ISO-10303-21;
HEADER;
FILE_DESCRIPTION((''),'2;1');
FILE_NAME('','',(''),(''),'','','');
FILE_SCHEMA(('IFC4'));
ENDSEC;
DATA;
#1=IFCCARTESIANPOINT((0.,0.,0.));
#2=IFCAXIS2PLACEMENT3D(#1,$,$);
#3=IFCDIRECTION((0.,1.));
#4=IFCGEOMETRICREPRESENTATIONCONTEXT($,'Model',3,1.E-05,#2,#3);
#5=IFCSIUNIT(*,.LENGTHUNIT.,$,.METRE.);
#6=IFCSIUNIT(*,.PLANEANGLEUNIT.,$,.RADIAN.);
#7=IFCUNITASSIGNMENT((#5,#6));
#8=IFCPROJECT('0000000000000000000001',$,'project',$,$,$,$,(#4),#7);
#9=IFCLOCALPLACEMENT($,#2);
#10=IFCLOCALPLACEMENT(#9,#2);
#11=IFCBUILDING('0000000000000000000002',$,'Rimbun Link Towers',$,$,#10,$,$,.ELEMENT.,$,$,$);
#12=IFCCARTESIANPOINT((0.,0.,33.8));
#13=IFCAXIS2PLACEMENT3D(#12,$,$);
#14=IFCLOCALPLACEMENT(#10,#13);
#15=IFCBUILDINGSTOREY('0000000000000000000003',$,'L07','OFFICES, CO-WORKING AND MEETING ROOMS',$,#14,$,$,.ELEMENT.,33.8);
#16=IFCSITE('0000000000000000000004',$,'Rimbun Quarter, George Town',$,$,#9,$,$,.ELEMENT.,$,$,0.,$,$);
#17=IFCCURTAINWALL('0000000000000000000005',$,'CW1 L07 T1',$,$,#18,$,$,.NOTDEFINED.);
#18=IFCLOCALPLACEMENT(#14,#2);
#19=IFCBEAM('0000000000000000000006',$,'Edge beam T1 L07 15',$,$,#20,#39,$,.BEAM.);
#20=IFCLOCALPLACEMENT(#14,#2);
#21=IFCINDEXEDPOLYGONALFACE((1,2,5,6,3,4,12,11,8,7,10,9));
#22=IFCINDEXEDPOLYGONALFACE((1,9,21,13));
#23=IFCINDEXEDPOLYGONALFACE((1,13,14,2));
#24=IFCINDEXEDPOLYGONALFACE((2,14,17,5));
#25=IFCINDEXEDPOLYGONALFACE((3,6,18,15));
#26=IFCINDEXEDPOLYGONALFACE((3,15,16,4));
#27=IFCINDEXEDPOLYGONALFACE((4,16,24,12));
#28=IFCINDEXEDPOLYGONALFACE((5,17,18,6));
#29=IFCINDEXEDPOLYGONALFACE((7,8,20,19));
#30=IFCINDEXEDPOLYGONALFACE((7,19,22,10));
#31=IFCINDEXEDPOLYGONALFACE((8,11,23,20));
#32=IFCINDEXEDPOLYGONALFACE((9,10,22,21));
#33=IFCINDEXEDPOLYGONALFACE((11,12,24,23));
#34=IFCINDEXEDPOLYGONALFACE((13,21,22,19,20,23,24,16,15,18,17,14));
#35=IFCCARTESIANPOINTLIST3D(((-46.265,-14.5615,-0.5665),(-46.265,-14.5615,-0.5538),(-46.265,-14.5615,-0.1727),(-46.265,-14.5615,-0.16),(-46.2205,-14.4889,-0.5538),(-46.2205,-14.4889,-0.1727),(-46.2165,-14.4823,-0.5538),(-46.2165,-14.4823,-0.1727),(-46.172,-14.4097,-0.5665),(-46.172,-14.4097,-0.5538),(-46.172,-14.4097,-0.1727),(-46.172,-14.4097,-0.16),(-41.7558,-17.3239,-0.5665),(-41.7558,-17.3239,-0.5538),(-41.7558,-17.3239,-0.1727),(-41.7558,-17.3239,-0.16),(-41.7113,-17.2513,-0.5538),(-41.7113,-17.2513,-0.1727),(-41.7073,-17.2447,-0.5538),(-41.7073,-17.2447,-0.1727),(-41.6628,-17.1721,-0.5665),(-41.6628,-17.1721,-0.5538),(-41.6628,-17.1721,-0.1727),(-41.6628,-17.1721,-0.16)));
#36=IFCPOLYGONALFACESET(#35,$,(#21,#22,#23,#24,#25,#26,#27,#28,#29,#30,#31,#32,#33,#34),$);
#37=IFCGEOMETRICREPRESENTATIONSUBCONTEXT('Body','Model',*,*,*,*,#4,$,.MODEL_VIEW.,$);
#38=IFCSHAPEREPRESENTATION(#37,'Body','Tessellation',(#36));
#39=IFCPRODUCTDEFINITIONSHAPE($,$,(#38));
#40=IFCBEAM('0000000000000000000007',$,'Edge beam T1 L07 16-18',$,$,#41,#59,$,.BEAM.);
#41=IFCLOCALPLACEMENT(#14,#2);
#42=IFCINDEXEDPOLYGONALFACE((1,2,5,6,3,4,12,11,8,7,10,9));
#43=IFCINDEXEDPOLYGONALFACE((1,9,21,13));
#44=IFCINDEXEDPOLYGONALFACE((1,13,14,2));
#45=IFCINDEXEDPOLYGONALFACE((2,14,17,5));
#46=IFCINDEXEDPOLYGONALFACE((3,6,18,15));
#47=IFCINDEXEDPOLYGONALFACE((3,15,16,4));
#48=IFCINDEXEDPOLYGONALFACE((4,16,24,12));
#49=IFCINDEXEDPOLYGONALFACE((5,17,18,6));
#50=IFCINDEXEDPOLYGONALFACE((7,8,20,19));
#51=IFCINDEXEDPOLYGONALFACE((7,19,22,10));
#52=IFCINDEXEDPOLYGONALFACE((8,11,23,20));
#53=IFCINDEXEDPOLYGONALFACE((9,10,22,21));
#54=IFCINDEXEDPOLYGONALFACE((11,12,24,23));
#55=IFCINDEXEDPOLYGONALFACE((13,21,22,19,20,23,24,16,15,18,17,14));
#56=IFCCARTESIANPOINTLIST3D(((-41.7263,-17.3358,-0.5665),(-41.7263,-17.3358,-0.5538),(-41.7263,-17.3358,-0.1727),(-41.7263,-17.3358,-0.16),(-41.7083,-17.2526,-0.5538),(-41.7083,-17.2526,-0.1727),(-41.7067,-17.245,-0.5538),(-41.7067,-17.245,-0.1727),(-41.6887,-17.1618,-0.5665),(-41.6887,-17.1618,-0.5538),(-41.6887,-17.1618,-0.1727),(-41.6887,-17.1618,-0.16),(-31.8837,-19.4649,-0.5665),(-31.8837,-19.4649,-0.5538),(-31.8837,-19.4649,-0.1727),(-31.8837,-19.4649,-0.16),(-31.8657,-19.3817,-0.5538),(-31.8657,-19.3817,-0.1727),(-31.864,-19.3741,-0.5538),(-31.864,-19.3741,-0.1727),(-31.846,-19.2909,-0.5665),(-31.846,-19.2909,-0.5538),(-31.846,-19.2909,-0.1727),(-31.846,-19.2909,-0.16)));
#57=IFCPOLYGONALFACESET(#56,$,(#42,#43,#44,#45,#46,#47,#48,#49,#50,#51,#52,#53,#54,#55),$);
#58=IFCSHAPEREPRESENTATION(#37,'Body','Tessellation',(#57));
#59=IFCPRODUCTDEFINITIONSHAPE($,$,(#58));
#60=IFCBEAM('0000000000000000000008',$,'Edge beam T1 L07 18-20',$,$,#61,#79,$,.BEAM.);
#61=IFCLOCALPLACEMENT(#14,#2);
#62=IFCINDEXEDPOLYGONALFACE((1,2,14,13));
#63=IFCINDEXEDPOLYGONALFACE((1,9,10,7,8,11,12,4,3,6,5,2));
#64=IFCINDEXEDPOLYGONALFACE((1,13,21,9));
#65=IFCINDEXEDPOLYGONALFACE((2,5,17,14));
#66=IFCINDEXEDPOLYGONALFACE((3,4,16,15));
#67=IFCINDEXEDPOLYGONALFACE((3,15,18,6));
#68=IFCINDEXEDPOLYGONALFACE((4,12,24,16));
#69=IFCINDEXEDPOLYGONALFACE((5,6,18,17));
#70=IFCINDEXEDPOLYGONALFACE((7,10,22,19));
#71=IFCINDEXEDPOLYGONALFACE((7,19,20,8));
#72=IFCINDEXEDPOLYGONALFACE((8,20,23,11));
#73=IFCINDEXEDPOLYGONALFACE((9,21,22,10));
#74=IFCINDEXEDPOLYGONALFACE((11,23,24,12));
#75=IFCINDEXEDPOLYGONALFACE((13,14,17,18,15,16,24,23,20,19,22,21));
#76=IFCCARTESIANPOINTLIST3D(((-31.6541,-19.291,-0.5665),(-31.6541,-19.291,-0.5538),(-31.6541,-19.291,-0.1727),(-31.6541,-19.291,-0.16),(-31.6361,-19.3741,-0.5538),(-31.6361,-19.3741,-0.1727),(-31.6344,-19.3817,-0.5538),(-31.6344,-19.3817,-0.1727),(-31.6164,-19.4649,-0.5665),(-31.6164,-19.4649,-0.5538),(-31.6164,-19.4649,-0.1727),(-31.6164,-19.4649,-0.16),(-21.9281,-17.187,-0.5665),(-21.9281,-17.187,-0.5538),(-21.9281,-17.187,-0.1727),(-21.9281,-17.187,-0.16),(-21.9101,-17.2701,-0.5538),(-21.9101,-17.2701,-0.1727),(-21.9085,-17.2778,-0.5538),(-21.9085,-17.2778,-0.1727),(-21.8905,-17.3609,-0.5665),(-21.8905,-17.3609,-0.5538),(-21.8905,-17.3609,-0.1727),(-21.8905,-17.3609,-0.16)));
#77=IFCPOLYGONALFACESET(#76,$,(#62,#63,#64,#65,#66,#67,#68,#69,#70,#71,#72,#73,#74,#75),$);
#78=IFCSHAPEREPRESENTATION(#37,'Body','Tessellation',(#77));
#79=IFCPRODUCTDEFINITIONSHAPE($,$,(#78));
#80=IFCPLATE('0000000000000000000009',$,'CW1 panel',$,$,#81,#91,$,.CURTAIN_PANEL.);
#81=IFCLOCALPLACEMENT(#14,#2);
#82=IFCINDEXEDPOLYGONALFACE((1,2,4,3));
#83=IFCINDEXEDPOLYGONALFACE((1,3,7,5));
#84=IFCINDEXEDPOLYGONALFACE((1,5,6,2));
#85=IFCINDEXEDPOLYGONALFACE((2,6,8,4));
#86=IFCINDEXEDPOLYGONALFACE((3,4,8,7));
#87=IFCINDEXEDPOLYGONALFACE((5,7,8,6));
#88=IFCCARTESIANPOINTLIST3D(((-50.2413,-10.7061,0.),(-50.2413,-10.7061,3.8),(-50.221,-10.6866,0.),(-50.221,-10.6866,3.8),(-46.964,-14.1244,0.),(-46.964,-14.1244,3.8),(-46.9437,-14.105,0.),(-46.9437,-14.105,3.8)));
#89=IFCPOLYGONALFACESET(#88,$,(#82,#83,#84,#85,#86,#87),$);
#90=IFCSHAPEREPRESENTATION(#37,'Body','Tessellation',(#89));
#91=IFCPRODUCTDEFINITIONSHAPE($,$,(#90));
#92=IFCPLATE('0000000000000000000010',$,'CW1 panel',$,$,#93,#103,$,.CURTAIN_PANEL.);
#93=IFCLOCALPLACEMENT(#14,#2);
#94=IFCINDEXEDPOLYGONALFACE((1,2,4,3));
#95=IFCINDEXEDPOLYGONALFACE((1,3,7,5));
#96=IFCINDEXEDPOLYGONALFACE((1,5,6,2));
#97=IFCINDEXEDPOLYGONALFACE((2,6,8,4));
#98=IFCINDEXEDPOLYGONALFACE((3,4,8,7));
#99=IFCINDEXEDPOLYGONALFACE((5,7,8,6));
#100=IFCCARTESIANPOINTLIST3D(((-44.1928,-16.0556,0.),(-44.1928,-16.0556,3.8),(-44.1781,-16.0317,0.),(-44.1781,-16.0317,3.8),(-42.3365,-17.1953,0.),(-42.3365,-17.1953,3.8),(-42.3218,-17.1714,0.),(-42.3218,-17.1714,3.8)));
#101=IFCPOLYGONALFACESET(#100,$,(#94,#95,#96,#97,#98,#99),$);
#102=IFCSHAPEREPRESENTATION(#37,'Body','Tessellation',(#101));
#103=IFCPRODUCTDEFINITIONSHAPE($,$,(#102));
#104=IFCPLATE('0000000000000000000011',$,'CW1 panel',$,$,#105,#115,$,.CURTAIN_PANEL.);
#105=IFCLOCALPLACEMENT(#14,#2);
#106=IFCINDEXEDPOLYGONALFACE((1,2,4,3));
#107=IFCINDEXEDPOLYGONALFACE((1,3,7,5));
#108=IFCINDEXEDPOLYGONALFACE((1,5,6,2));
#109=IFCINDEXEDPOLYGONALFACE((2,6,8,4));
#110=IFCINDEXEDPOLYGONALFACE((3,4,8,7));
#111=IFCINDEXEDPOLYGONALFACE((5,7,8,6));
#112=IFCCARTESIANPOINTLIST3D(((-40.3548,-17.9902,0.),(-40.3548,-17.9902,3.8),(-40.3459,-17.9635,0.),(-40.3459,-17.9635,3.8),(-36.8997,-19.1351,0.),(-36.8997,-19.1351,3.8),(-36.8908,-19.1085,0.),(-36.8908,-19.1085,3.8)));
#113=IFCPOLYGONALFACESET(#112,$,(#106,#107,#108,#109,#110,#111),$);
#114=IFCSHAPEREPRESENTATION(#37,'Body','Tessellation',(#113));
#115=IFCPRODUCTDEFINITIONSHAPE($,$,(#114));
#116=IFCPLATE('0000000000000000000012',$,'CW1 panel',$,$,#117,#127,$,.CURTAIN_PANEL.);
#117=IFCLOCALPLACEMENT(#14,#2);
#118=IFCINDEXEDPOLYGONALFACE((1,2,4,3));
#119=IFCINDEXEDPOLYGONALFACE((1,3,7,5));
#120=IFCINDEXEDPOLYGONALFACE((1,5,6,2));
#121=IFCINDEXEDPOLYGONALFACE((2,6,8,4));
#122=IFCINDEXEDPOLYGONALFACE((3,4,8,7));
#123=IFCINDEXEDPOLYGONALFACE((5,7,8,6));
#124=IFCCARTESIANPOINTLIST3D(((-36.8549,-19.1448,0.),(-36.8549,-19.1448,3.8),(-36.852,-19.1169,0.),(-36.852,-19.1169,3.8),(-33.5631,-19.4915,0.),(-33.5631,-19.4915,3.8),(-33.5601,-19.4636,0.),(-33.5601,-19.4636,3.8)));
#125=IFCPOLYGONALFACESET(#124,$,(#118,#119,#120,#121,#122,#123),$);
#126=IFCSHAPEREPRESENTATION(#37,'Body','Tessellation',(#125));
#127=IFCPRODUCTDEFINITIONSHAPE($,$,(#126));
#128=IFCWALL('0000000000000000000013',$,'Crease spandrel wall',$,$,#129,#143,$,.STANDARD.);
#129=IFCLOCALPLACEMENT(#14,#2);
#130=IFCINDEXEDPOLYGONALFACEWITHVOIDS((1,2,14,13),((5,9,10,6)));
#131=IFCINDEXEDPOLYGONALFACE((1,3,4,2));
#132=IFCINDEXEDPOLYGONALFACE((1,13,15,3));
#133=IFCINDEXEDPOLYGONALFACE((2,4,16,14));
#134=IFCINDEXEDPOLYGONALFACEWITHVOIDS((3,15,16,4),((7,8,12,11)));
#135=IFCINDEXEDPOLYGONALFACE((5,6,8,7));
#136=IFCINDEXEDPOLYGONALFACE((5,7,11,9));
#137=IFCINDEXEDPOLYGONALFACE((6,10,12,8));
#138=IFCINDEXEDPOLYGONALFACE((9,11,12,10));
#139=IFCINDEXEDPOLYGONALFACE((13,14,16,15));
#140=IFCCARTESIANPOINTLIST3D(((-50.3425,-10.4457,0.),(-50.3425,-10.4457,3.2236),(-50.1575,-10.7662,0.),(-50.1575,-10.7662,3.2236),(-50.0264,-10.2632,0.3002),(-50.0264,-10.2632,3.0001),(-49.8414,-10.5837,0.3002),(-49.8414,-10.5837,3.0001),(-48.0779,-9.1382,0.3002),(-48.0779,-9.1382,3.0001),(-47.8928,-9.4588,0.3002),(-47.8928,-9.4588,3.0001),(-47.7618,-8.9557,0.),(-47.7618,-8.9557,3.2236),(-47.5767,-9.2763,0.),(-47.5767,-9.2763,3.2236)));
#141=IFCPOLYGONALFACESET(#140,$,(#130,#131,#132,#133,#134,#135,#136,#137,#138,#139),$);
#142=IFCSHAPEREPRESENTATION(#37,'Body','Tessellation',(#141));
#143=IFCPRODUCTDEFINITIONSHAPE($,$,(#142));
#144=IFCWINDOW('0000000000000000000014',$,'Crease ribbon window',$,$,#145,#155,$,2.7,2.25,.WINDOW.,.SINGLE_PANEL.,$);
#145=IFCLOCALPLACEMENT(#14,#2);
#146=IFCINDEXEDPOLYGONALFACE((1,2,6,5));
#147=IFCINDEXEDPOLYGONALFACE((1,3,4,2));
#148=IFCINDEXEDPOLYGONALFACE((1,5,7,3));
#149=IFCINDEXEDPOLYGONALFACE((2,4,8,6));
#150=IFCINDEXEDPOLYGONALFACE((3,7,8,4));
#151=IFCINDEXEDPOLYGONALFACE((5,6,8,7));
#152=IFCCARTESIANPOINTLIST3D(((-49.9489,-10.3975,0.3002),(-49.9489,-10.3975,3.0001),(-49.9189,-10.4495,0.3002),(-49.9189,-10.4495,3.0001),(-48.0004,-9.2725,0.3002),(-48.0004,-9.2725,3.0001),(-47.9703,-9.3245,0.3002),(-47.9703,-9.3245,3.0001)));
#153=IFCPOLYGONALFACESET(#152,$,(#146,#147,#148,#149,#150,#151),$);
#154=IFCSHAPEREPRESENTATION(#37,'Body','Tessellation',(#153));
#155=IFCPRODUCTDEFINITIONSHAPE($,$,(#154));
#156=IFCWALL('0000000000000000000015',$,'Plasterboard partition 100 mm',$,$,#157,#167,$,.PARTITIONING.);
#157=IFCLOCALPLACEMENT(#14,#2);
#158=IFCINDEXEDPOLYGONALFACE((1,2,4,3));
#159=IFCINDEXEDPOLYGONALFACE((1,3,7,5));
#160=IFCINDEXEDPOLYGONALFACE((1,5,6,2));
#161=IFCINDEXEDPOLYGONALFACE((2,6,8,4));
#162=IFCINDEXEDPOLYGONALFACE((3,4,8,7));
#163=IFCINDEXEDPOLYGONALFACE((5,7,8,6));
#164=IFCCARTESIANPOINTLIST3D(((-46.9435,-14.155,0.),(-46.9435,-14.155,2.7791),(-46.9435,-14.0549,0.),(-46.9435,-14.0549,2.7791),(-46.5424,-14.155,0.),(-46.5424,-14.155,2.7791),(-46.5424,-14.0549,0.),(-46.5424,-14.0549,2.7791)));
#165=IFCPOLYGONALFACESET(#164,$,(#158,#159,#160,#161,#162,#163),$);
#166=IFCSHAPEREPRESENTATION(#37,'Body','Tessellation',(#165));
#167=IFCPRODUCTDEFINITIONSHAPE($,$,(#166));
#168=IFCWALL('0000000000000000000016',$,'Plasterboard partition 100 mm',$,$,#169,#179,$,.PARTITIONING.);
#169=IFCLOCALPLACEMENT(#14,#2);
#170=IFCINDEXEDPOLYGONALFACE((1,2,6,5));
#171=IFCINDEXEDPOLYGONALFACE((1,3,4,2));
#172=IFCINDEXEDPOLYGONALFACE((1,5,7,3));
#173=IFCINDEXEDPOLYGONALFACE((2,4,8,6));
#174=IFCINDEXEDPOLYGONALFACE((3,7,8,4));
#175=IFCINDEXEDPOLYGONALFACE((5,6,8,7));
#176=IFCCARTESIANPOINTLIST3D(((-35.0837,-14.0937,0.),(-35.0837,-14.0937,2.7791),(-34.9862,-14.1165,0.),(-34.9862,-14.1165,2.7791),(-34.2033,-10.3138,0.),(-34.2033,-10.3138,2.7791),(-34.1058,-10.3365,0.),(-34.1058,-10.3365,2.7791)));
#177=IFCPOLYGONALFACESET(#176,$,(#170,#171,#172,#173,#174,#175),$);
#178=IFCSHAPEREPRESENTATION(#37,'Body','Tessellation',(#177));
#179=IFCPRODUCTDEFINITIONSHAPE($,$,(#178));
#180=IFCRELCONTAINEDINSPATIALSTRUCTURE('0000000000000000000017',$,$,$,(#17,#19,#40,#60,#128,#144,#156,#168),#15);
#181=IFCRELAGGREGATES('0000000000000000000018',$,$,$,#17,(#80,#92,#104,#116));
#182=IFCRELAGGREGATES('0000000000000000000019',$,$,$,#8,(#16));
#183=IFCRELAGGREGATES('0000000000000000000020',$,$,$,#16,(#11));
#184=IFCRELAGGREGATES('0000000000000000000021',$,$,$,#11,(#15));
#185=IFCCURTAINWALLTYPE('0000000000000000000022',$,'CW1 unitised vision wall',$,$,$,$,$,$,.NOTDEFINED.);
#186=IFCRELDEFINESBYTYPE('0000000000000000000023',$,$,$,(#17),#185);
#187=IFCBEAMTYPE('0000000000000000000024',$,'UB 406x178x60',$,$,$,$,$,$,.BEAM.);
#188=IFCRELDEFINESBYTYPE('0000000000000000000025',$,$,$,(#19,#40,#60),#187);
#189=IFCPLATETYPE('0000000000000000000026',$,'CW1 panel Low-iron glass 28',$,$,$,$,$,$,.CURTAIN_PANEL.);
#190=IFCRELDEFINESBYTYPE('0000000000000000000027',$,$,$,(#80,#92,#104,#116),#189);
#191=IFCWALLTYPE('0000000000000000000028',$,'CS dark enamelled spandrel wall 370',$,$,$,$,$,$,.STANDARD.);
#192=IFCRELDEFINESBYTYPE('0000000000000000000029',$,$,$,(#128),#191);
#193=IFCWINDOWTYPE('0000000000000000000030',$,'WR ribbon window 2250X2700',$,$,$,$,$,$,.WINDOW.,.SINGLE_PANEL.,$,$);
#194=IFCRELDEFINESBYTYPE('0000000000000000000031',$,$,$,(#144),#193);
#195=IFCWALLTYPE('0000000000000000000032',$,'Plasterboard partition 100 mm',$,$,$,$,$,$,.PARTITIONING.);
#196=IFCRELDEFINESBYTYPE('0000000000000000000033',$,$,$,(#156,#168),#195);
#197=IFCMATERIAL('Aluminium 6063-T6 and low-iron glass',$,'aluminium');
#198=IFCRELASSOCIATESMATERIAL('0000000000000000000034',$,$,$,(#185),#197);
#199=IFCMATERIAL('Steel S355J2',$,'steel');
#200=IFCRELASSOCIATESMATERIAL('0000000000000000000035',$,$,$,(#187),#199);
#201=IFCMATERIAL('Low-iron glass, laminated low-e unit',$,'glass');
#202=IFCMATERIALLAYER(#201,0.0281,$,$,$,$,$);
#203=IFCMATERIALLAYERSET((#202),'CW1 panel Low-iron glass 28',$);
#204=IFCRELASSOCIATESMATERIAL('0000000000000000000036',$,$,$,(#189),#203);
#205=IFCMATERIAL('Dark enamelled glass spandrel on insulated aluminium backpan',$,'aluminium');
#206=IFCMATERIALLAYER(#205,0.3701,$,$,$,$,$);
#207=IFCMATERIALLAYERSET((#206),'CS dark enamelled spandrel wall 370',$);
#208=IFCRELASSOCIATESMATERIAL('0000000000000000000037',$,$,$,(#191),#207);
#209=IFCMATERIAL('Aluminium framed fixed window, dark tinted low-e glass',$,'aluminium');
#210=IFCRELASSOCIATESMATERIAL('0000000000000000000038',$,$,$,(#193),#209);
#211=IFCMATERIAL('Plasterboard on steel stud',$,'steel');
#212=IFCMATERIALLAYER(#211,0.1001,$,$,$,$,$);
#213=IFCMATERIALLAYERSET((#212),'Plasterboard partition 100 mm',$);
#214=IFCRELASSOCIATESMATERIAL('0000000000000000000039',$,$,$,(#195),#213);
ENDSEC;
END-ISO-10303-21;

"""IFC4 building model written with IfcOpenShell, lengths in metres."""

from ifc_helpers import new_model, si_unit, direction, frame, frame_2d, origin, origin_2d, place, context, subcontext, project, spatial, rectangle, i_section, extrude, material, layer, layer_set, material_profile, profile_set, type_object, element, fill, aggregate, save


model = new_model("IFC4")

# Units and contexts
model_context = context("Model", 3, precision=1e-05, world=origin(), true_north=direction((0.0, 1.0)))
body_context = subcontext(model_context, "Body", "Model", "MODEL_VIEW")
ifc_project = project(units=[si_unit("LENGTHUNIT", "METRE"), si_unit("PLANEANGLEUNIT", "RADIAN")], contexts=[model_context])

# Site, building, storey
site_placement = place(None, origin())
site = spatial("IfcSite", under=ifc_project, at=site_placement, Name="Rimbun Quarter, George Town", CompositionType="ELEMENT", RefElevation=0.0)
building_placement = place(site_placement, origin())
building = spatial("IfcBuilding", under=site, at=building_placement, Name="Rimbun Link Towers", CompositionType="ELEMENT")
storey_placement = place(building_placement, frame((0.0, 0.0, 33.8)))
storey = spatial("IfcBuildingStorey", under=building, at=storey_placement, Name="L07", Description="OFFICES, CO-WORKING AND MEETING ROOMS", CompositionType="ELEMENT", Elevation=33.8)

# Curtain wall
ifc_material_1 = material(Name="Aluminium 6063-T6 and low-iron glass", Category="aluminium")
curtain_wall_type = type_object("IfcCurtainWallType", Name="CW1 unitised vision wall", PredefinedType="NOTDEFINED", material=ifc_material_1)
curtain_wall_placement = place(storey_placement, origin())
curtain_wall = element("IfcCurtainWall", 1, at=curtain_wall_placement, inside=storey, type_object=curtain_wall_type, Name="CW1 L07 T1", PredefinedType="NOTDEFINED")

# Beams
ifc_material_2 = material(Name="Steel S355J2", Category="steel")
ifc_material_profile_1 = material_profile(ifc_material_2, i_section(OverallWidth=0.178, OverallDepth=0.4065, WebThickness=0.0078, FlangeThickness=0.0127, at=origin_2d()), Name="UB 406x178x60")
ifc_profile_set_1 = profile_set([ifc_material_profile_1], Name="Steel S355J2")
beam_type = type_object("IfcBeamType", Name="UB 406x178x60", PredefinedType="BEAM", material=ifc_profile_set_1)
beam_1_placement = place(storey_placement, frame((-46.2185, -14.4856, -0.3633), z_axis=(0.852711, -0.522383, 0.0), x_axis=(0.522383, 0.852711, 0.0)))
element("IfcBeam", 2, at=beam_1_placement, inside=storey, type_object=beam_type, Name="Edge beam T1 L07 15", PredefinedType="BEAM", context=body_context, shape_type="SweptSolid", body=[
    extrude(i_section(OverallWidth=0.178, OverallDepth=0.4065, WebThickness=0.0078, FlangeThickness=0.0127, at=origin_2d()), origin(), (0.0, 0.0, 1.0), 5.2881),
])
beam_2_placement = place(storey_placement, frame((-41.7075, -17.2488, -0.3633), z_axis=(0.977394, -0.211426, 0.0), x_axis=(0.211426, 0.977394, 0.0)))
element("IfcBeam", 3, at=beam_2_placement, inside=storey, type_object=beam_type, Name="Edge beam T1 L07 16-18", PredefinedType="BEAM", context=body_context, shape_type="SweptSolid", body=[
    extrude(i_section(OverallWidth=0.178, OverallDepth=0.4065, WebThickness=0.0078, FlangeThickness=0.0127, at=origin_2d()), origin(), (0.0, 0.0, 1.0), 10.0703),
])
beam_3_placement = place(storey_placement, frame((-31.6353, -19.3779, -0.3633), z_axis=(0.977392, 0.211435, 0.0), x_axis=(-0.211435, 0.977392, 0.0)))
element("IfcBeam", 4, at=beam_3_placement, inside=storey, type_object=beam_type, Name="Edge beam T1 L07 18-20", PredefinedType="BEAM", context=body_context, shape_type="SweptSolid", body=[
    extrude(i_section(OverallWidth=0.178, OverallDepth=0.4065, WebThickness=0.0078, FlangeThickness=0.0127, at=origin_2d()), origin(), (0.0, 0.0, 1.0), 9.9509),
])

# Plates
ifc_material_3 = material(Name="Low-iron glass, laminated low-e unit", Category="glass")
ifc_layer_1 = layer(ifc_material_3, 0.0281)
ifc_layer_set_1 = layer_set([ifc_layer_1], Name="CW1 panel Low-iron glass 28")
plate_type = type_object("IfcPlateType", Name="CW1 panel Low-iron glass 28", PredefinedType="CURTAIN_PANEL", material=ifc_layer_set_1)
plate_1_placement = place(storey_placement, frame((-48.5925, -12.4055, 0.0), z_axis=(0.0, 0.0, 1.0), x_axis=(-0.692056, 0.721844, 0.0)))
plate_1 = element("IfcPlate", 5, at=plate_1_placement, type_object=plate_type, Name="CW1 panel", PredefinedType="CURTAIN_PANEL", context=body_context, shape_type="SweptSolid", body=[
    extrude(rectangle(XDim=4.7356, YDim=0.0281, at=origin_2d()), origin(), (0.0, 0.0, 1.0), 3.8),
])
plate_2_placement = place(storey_placement, frame((-43.2573, -16.6135, 0.0), z_axis=(0.0, 0.0, 1.0), x_axis=(-0.85219, 0.523232, 0.0)))
plate_2 = element("IfcPlate", 6, at=plate_2_placement, type_object=plate_type, Name="CW1 panel", PredefinedType="CURTAIN_PANEL", context=body_context, shape_type="SweptSolid", body=[
    extrude(rectangle(XDim=2.1782, YDim=0.0281, at=origin_2d()), origin(), (0.0, 0.0, 1.0), 3.8),
])
plate_3_placement = place(storey_placement, frame((-38.6228, -18.5493, 0.0), z_axis=(0.0, 0.0, 1.0), x_axis=(-0.949236, 0.314564, 0.0)))
plate_3 = element("IfcPlate", 7, at=plate_3_placement, type_object=plate_type, Name="CW1 panel", PredefinedType="CURTAIN_PANEL", context=body_context, shape_type="SweptSolid", body=[
    extrude(rectangle(XDim=3.6399, YDim=0.0281, at=origin_2d()), origin(), (0.0, 0.0, 1.0), 3.8),
])
plate_4_placement = place(storey_placement, frame((-35.2075, -19.3042, 0.0), z_axis=(0.0, 0.0, 1.0), x_axis=(-0.994498, 0.104755, 0.0)))
plate_4 = element("IfcPlate", 8, at=plate_4_placement, type_object=plate_type, Name="CW1 panel", PredefinedType="CURTAIN_PANEL", context=body_context, shape_type="SweptSolid", body=[
    extrude(rectangle(XDim=3.3101, YDim=0.0281, at=origin_2d()), origin(), (0.0, 0.0, 1.0), 3.8),
])
aggregate(curtain_wall, [plate_1, plate_2, plate_3, plate_4])

# Wall, opening, window
ifc_material_4 = material(Name="Dark enamelled glass spandrel on insulated aluminium backpan", Category="aluminium")
ifc_layer_2 = layer(ifc_material_4, 0.3701)
ifc_layer_set_2 = layer_set([ifc_layer_2], Name="CS dark enamelled spandrel wall 370")
wall_type_1 = type_object("IfcWallType", Name="CS dark enamelled spandrel wall 370", PredefinedType="STANDARD", material=ifc_layer_set_2)
wall_1_placement = place(storey_placement, frame((-50.25, -10.606, 0.0), z_axis=(0.0, 0.0, 1.0), x_axis=(0.866031, 0.49999, 0.0)))
wall_1 = element("IfcWall", 9, at=wall_1_placement, inside=storey, type_object=wall_type_1, Name="Crease spandrel wall", PredefinedType="STANDARD", context=body_context, shape_type="SweptSolid", body=[
    extrude(rectangle(XDim=2.98, YDim=0.3701, at=frame_2d((1.49, 0.0))), origin(), (0.0, 0.0, 1.0), 3.2236),
])
opening_placement = place(wall_1_placement, frame((0.365, 0.0, 0.3)))
opening = element("IfcOpeningElement", 10, at=opening_placement, cuts=wall_1, PredefinedType="OPENING", context=body_context, shape_type="SweptSolid", body=[
    extrude(rectangle(XDim=2.25, YDim=2.7, at=frame_2d((1.125, 1.3501))), frame((0.0, 0.1951, 0.0), z_axis=(0.0, -1.0, 0.0), x_axis=(1.0, 0.0, 0.0)), (0.0, 0.0, 1.0), 0.3901),
])
ifc_material_5 = material(Name="Aluminium framed fixed window, dark tinted low-e glass", Category="aluminium")
window_type = type_object("IfcWindowType", Name="WR ribbon window 2250X2700", PartitioningType="SINGLE_PANEL", PredefinedType="WINDOW", material=ifc_material_5)
window_placement = place(opening_placement, origin())
window = element("IfcWindow", 11, at=window_placement, inside=storey, type_object=window_type, Name="Crease ribbon window", OverallHeight=2.7, OverallWidth=2.25, PartitioningType="SINGLE_PANEL", PredefinedType="WINDOW", context=body_context, shape_type="SweptSolid", body=[
    extrude(rectangle(XDim=2.25, YDim=2.7, at=frame_2d((1.125, 1.3501))), frame((0.0, 0.03, 0.0), z_axis=(0.0, -1.0, 0.0), x_axis=(1.0, 0.0, 0.0)), (0.0, 0.0, 1.0), 0.0601),
])
fill(opening, window)

# Walls
ifc_material_6 = material(Name="Plasterboard on steel stud", Category="steel")
ifc_layer_3 = layer(ifc_material_6, 0.1001)
ifc_layer_set_3 = layer_set([ifc_layer_3], Name="Plasterboard partition 100 mm")
wall_type_2 = type_object("IfcWallType", Name="Plasterboard partition 100 mm", PredefinedType="PARTITIONING", material=ifc_layer_set_3)
wall_2_placement = place(storey_placement, frame((-46.9436, -14.105, 0.0), z_axis=(0.0, 0.0, 1.0), x_axis=(1.0, 0.0, 0.0)))
element("IfcWall", 12, at=wall_2_placement, inside=storey, type_object=wall_type_2, Name="Plasterboard partition 100 mm", PredefinedType="PARTITIONING", context=body_context, shape_type="SweptSolid", body=[
    extrude(rectangle(XDim=0.4011, YDim=0.1001, at=frame_2d((0.2007, 0.0))), origin(), (0.0, 0.0, 1.0), 2.7791),
])
wall_3_placement = place(storey_placement, frame((-35.0349, -14.105, 0.0), z_axis=(0.0, 0.0, 1.0), x_axis=(0.22683, 0.973934, 0.0)))
element("IfcWall", 13, at=wall_3_placement, inside=storey, type_object=wall_type_2, Name="Plasterboard partition 100 mm", PredefinedType="PARTITIONING", context=body_context, shape_type="SweptSolid", body=[
    extrude(rectangle(XDim=3.8811, YDim=0.1001, at=frame_2d((1.9404, 0.0))), origin(), (0.0, 0.0, 1.0), 2.7791),
])

save(model, "model.ifc")
